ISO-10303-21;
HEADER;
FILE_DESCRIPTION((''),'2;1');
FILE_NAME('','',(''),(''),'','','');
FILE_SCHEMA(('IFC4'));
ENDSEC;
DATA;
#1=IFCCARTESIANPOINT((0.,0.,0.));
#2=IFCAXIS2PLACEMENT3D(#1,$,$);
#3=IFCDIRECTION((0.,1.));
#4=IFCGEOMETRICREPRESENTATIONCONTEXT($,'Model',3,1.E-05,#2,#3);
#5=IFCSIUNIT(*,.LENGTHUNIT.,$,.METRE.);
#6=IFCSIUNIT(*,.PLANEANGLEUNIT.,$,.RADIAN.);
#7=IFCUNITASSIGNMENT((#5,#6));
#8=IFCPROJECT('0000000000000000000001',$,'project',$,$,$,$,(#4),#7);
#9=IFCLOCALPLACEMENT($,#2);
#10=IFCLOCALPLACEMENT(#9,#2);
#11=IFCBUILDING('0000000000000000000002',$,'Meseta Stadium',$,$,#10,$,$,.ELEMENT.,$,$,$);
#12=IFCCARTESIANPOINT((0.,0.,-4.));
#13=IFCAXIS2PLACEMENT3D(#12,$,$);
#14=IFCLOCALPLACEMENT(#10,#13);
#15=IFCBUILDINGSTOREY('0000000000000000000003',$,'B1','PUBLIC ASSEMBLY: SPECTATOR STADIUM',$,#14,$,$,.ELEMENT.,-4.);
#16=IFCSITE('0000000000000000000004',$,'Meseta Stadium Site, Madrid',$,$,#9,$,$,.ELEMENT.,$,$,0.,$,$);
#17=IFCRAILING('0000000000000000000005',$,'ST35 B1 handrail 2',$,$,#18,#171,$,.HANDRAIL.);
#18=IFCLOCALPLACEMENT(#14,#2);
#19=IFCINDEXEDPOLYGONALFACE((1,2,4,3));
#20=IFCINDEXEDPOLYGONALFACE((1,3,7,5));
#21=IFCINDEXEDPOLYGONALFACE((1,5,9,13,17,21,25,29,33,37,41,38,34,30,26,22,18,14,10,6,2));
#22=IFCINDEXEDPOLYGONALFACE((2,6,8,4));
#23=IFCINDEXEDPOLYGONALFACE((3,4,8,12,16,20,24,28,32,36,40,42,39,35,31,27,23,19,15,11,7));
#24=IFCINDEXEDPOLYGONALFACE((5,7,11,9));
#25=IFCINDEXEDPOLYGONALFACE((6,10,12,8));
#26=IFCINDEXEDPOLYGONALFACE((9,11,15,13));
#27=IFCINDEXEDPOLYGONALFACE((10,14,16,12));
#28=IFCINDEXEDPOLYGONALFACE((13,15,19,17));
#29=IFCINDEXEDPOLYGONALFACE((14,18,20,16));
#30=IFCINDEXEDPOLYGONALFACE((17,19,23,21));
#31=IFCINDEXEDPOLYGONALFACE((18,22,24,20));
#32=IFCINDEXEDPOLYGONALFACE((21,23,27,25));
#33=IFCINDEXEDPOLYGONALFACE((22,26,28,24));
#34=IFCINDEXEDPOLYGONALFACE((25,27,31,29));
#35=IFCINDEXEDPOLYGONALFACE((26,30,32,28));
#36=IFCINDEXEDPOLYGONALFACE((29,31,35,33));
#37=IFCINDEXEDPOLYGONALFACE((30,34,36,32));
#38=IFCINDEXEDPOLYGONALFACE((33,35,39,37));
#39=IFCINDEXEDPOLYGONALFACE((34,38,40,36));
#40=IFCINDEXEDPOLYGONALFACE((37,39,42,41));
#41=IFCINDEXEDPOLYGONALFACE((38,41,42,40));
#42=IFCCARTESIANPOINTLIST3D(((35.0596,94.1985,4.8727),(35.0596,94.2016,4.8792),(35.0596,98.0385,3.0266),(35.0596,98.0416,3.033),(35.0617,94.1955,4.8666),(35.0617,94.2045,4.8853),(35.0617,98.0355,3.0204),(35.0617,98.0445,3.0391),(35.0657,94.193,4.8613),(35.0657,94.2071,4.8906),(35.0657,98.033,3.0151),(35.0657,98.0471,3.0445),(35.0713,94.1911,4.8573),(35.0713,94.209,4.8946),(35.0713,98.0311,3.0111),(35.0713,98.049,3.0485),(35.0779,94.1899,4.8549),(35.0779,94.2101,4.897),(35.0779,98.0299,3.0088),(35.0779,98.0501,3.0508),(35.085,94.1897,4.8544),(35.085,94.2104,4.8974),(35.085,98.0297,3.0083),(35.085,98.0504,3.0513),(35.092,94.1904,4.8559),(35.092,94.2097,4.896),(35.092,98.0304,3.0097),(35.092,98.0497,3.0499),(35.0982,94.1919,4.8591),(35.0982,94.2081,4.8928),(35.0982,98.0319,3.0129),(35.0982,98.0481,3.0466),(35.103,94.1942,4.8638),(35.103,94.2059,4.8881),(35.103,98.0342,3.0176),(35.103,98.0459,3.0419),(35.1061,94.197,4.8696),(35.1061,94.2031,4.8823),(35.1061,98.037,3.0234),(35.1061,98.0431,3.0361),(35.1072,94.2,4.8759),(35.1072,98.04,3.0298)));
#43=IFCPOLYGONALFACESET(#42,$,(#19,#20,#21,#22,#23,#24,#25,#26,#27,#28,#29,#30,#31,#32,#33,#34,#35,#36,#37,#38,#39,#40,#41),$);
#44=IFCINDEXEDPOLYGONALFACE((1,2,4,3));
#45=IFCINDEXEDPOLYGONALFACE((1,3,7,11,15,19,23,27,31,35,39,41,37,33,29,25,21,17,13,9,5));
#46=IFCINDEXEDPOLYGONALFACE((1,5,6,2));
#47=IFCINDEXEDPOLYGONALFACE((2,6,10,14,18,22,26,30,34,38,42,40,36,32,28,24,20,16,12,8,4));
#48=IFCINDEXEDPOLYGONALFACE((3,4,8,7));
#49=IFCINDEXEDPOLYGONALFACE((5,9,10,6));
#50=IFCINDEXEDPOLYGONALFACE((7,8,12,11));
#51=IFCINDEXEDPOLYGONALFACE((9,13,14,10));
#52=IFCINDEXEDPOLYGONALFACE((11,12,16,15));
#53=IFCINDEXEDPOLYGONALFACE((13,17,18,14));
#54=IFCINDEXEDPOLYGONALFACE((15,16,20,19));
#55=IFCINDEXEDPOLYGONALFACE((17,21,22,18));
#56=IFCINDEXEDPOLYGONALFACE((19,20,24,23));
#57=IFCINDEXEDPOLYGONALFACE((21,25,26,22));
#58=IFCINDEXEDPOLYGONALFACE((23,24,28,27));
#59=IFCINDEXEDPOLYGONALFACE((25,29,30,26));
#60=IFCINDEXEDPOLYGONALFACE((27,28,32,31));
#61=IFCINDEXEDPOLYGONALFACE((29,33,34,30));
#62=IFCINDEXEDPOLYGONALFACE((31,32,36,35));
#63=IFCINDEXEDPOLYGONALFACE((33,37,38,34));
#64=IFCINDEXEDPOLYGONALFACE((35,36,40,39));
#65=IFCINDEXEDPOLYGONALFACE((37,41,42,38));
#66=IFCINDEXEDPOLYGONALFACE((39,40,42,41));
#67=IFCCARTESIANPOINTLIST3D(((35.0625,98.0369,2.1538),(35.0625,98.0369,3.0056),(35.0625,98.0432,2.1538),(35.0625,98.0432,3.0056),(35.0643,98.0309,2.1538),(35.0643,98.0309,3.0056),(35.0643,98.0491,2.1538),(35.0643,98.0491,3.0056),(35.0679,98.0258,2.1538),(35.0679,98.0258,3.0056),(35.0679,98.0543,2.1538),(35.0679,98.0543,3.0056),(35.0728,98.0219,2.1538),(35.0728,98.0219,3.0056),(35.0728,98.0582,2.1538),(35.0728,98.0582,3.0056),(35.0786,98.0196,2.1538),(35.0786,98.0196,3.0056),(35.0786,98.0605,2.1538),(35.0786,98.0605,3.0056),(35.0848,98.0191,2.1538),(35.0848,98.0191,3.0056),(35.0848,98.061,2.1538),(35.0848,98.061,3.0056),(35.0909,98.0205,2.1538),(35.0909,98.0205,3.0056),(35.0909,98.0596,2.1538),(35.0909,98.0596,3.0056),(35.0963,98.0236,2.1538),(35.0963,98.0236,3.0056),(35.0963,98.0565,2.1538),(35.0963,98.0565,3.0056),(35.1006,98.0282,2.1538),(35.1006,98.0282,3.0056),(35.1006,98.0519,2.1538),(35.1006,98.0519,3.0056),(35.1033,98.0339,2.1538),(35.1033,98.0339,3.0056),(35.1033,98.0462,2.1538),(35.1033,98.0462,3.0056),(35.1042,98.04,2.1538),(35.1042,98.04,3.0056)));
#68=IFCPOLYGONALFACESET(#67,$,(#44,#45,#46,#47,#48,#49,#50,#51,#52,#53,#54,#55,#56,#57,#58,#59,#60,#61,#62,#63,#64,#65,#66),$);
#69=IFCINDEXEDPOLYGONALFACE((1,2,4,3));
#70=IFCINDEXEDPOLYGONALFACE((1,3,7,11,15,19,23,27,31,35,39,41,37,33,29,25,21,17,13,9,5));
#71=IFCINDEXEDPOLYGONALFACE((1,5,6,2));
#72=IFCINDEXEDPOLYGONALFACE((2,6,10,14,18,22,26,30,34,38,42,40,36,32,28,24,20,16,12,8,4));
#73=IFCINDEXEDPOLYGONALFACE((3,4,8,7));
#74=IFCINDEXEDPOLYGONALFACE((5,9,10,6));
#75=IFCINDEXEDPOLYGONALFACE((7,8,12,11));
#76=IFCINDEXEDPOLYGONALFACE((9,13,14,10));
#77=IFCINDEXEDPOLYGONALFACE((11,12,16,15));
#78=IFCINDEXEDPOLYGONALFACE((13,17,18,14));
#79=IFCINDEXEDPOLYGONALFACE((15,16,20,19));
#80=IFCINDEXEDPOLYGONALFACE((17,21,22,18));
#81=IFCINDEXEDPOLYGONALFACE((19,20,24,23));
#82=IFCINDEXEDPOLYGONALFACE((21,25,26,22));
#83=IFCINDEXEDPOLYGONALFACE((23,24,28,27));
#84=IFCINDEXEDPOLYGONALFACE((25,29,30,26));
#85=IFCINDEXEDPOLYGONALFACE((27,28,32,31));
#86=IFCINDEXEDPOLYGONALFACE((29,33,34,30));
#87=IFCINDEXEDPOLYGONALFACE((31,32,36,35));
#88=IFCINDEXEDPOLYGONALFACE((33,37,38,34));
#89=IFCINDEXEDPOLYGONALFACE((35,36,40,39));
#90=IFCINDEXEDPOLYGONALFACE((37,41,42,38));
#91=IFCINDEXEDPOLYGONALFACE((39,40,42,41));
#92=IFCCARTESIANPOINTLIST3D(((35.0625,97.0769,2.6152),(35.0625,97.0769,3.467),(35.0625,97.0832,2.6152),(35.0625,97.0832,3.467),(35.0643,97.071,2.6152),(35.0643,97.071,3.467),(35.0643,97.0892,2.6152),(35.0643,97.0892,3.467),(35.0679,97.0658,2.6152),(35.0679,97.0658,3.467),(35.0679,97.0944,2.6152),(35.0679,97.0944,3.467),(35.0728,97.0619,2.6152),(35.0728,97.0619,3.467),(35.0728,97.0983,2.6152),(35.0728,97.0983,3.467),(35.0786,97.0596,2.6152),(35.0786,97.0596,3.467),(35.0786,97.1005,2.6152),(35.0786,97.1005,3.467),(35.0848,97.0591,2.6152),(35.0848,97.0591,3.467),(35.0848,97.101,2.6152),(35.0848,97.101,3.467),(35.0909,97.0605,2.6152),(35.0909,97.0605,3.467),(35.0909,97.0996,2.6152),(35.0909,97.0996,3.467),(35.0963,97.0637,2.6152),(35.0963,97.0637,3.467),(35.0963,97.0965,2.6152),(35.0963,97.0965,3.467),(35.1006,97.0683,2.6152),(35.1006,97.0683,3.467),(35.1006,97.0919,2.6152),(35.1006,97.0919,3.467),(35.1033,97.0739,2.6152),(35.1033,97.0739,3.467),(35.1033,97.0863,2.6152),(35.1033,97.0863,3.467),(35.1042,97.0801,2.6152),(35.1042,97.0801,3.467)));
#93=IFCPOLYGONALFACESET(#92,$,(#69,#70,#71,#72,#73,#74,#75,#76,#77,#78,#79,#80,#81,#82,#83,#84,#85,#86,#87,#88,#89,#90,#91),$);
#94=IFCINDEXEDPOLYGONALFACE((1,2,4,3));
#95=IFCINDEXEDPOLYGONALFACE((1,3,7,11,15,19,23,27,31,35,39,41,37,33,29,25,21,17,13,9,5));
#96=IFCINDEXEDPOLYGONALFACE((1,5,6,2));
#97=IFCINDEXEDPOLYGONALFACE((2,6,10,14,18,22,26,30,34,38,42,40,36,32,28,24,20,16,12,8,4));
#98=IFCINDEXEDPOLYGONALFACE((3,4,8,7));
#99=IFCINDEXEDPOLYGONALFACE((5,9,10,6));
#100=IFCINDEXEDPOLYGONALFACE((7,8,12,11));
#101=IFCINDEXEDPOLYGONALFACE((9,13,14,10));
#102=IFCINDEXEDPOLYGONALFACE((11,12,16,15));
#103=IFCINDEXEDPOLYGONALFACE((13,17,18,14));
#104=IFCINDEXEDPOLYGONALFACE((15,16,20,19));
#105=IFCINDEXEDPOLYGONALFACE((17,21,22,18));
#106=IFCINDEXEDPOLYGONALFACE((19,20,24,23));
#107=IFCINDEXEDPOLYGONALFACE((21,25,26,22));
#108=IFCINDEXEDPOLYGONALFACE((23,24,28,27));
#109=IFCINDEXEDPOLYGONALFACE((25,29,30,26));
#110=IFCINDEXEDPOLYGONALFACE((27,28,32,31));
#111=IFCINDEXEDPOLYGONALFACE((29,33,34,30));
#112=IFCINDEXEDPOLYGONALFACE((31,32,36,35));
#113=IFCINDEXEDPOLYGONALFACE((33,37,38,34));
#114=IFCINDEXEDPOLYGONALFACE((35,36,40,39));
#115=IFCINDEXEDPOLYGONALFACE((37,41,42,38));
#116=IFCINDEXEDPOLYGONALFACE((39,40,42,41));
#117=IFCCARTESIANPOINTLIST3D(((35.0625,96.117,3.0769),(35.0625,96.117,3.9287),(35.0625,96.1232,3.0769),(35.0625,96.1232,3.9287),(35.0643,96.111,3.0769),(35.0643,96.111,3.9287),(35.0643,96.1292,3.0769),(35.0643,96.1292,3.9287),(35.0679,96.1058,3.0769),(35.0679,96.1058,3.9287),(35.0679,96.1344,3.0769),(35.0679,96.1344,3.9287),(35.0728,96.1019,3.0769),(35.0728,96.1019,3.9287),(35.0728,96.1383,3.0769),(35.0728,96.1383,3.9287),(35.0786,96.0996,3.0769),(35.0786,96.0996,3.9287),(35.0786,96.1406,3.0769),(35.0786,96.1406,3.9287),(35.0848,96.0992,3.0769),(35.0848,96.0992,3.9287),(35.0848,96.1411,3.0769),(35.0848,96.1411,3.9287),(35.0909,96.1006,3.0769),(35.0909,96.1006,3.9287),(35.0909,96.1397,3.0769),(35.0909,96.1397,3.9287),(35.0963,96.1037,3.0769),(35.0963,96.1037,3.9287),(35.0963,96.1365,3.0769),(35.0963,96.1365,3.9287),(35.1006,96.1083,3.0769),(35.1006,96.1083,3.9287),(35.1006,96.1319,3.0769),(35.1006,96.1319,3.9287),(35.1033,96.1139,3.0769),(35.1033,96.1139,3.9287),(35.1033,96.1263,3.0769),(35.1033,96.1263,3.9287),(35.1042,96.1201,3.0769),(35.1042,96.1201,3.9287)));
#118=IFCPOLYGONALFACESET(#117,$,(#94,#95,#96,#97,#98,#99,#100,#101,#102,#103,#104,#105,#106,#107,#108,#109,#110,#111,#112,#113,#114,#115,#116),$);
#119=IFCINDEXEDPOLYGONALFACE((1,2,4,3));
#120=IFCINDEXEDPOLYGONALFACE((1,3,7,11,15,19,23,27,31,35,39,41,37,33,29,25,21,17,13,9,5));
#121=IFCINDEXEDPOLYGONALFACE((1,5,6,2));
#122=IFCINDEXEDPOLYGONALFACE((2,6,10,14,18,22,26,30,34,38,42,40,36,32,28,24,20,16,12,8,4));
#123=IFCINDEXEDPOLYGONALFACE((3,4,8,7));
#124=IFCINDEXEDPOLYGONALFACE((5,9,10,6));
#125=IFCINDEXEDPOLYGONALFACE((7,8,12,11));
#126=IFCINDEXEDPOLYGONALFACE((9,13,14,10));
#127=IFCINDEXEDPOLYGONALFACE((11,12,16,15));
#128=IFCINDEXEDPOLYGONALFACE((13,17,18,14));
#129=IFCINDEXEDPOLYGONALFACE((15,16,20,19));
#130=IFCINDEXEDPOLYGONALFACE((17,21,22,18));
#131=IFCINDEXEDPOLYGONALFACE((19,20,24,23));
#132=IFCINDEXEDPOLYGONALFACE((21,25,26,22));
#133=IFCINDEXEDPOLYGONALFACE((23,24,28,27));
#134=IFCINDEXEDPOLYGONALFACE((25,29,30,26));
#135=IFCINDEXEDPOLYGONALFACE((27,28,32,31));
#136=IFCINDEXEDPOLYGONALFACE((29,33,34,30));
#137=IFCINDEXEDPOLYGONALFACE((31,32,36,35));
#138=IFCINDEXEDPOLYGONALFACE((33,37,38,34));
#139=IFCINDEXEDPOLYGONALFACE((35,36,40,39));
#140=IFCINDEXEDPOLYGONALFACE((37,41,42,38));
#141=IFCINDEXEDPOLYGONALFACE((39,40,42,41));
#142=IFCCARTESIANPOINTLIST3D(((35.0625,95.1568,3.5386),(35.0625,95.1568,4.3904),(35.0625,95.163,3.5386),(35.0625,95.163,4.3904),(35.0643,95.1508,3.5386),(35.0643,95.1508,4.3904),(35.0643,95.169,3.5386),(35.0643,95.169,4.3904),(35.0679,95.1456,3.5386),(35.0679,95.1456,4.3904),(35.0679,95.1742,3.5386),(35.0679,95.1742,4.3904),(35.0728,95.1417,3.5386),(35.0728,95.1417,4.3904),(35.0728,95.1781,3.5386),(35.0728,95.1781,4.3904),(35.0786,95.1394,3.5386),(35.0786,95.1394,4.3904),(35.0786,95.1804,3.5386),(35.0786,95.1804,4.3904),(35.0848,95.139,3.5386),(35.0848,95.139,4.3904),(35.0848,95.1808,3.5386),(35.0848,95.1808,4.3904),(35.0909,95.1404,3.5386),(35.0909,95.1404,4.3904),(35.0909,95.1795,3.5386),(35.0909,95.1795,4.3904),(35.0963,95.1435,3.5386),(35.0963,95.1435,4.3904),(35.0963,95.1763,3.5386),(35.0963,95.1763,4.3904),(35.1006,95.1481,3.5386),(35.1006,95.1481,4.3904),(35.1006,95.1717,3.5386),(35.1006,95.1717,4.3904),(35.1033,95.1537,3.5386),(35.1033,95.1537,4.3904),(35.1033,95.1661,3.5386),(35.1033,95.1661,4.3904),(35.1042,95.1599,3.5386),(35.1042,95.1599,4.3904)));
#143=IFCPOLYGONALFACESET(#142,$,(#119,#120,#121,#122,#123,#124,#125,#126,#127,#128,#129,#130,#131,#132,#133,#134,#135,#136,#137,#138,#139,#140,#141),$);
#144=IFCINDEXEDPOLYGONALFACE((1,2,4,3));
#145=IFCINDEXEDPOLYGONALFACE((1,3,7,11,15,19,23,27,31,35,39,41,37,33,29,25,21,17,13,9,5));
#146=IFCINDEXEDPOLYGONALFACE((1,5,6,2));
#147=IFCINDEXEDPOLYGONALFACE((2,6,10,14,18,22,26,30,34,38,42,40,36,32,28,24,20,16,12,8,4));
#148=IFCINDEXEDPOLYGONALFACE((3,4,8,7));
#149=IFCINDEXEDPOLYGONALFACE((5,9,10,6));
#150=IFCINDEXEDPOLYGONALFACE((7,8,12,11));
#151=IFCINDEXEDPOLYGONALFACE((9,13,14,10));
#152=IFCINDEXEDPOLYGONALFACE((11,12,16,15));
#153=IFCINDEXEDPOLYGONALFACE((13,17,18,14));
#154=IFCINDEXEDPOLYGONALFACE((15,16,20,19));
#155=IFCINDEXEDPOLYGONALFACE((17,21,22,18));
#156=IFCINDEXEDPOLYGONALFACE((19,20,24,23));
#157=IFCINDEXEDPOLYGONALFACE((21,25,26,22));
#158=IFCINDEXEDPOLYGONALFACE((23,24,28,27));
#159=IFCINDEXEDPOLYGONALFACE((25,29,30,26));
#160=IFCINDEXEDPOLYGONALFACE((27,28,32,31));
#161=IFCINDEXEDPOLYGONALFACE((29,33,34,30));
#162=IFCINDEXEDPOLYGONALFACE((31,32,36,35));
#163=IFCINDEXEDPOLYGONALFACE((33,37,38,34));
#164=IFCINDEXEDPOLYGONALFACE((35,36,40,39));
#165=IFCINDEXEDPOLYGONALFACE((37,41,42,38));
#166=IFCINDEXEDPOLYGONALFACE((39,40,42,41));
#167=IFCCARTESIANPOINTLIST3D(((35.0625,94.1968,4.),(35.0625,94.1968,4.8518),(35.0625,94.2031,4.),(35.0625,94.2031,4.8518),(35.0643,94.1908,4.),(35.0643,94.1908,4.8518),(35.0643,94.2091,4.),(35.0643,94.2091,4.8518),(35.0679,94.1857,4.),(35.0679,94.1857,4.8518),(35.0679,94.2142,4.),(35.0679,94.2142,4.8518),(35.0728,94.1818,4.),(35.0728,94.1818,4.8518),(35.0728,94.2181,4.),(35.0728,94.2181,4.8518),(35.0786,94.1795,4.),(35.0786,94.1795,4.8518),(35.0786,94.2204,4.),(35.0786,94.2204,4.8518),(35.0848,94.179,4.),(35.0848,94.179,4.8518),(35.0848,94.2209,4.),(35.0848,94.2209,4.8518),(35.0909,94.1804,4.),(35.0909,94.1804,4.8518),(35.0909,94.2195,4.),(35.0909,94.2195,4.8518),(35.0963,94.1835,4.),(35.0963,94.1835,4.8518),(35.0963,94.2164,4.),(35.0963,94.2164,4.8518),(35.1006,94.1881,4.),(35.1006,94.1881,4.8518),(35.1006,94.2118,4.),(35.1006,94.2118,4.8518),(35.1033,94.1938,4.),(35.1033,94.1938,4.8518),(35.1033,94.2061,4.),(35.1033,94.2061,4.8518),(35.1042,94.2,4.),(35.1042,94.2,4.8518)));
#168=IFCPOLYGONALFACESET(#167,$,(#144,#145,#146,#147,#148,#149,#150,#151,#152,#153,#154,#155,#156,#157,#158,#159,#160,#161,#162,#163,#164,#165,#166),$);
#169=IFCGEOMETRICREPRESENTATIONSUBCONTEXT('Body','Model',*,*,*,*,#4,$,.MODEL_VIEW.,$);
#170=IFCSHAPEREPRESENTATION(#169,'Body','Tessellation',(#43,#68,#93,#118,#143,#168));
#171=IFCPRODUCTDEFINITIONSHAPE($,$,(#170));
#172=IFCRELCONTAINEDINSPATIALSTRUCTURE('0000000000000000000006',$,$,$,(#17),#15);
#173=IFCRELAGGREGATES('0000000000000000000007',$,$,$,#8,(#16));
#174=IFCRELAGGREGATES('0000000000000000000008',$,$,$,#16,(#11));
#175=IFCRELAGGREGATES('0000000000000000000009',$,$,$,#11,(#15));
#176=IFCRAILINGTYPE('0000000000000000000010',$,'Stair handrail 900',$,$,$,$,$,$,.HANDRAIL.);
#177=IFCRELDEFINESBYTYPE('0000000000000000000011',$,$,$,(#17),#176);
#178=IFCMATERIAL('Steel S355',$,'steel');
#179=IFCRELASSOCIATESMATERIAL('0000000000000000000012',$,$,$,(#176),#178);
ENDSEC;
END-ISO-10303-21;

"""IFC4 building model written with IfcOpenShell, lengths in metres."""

from ifc_helpers import new_model, si_unit, direction, frame, origin, origin_2d, place, context, subcontext, project, spatial, circle, extrude, material, type_object, element, save


model = new_model("IFC4")

# Units and contexts
model_context = context("Model", 3, precision=1e-05, world=origin(), true_north=direction((0.0, 1.0)))
body_context = subcontext(model_context, "Body", "Model", "MODEL_VIEW")
ifc_project = project(units=[si_unit("LENGTHUNIT", "METRE"), si_unit("PLANEANGLEUNIT", "RADIAN")], contexts=[model_context])

# Site, building, storey
site_placement = place(None, origin())
site = spatial("IfcSite", under=ifc_project, at=site_placement, Name="Meseta Stadium Site, Madrid", CompositionType="ELEMENT", RefElevation=0.0)
building_placement = place(site_placement, origin())
building = spatial("IfcBuilding", under=site, at=building_placement, Name="Meseta Stadium", CompositionType="ELEMENT")
storey_placement = place(building_placement, frame((0.0, 0.0, -4.0)))
storey = spatial("IfcBuildingStorey", under=building, at=storey_placement, Name="B1", Description="PUBLIC ASSEMBLY: SPECTATOR STADIUM", CompositionType="ELEMENT", Elevation=-4.0)

# Railing
ifc_material_1 = material(Name="Steel S355", Category="steel")
railing_type_1 = type_object("IfcRailingType", Name="Stair handrail 900", PredefinedType="HANDRAIL", material=ifc_material_1)
for number, where, name in (
    (1, (35.0833, 98.04, 2.1538), "ST35 B1 handrail 2"),
):
    element("IfcRailing", number, at=place(storey_placement, frame(where)), inside=storey, type_object=railing_type_1, Name=name, PredefinedType="HANDRAIL", context=body_context, shape_type="SweptSolid", body=[
        extrude(circle(Radius=0.0239, at=origin_2d()), frame((0.0, 0.0, 0.876), z_axis=(0.0, -0.901253, 0.433294), x_axis=(1.0, 0.0, 0.0)), (0.0, 0.0, 1.0), 4.2607),
        extrude(circle(Radius=0.021, at=origin_2d()), origin(), (0.0, 0.0, 1.0), 0.8518),
        extrude(circle(Radius=0.021, at=origin_2d()), frame((0.0, -0.96, 0.4614)), (0.0, 0.0, 1.0), 0.8518),
        extrude(circle(Radius=0.021, at=origin_2d()), frame((0.0, -1.9199, 0.9231)), (0.0, 0.0, 1.0), 0.8518),
        extrude(circle(Radius=0.021, at=origin_2d()), frame((0.0, -2.8801, 1.3848)), (0.0, 0.0, 1.0), 0.8518),
        extrude(circle(Radius=0.021, at=origin_2d()), frame((0.0, -3.8401, 1.8462)), (0.0, 0.0, 1.0), 0.8518),
    ])

save(model, "model.ifc")
